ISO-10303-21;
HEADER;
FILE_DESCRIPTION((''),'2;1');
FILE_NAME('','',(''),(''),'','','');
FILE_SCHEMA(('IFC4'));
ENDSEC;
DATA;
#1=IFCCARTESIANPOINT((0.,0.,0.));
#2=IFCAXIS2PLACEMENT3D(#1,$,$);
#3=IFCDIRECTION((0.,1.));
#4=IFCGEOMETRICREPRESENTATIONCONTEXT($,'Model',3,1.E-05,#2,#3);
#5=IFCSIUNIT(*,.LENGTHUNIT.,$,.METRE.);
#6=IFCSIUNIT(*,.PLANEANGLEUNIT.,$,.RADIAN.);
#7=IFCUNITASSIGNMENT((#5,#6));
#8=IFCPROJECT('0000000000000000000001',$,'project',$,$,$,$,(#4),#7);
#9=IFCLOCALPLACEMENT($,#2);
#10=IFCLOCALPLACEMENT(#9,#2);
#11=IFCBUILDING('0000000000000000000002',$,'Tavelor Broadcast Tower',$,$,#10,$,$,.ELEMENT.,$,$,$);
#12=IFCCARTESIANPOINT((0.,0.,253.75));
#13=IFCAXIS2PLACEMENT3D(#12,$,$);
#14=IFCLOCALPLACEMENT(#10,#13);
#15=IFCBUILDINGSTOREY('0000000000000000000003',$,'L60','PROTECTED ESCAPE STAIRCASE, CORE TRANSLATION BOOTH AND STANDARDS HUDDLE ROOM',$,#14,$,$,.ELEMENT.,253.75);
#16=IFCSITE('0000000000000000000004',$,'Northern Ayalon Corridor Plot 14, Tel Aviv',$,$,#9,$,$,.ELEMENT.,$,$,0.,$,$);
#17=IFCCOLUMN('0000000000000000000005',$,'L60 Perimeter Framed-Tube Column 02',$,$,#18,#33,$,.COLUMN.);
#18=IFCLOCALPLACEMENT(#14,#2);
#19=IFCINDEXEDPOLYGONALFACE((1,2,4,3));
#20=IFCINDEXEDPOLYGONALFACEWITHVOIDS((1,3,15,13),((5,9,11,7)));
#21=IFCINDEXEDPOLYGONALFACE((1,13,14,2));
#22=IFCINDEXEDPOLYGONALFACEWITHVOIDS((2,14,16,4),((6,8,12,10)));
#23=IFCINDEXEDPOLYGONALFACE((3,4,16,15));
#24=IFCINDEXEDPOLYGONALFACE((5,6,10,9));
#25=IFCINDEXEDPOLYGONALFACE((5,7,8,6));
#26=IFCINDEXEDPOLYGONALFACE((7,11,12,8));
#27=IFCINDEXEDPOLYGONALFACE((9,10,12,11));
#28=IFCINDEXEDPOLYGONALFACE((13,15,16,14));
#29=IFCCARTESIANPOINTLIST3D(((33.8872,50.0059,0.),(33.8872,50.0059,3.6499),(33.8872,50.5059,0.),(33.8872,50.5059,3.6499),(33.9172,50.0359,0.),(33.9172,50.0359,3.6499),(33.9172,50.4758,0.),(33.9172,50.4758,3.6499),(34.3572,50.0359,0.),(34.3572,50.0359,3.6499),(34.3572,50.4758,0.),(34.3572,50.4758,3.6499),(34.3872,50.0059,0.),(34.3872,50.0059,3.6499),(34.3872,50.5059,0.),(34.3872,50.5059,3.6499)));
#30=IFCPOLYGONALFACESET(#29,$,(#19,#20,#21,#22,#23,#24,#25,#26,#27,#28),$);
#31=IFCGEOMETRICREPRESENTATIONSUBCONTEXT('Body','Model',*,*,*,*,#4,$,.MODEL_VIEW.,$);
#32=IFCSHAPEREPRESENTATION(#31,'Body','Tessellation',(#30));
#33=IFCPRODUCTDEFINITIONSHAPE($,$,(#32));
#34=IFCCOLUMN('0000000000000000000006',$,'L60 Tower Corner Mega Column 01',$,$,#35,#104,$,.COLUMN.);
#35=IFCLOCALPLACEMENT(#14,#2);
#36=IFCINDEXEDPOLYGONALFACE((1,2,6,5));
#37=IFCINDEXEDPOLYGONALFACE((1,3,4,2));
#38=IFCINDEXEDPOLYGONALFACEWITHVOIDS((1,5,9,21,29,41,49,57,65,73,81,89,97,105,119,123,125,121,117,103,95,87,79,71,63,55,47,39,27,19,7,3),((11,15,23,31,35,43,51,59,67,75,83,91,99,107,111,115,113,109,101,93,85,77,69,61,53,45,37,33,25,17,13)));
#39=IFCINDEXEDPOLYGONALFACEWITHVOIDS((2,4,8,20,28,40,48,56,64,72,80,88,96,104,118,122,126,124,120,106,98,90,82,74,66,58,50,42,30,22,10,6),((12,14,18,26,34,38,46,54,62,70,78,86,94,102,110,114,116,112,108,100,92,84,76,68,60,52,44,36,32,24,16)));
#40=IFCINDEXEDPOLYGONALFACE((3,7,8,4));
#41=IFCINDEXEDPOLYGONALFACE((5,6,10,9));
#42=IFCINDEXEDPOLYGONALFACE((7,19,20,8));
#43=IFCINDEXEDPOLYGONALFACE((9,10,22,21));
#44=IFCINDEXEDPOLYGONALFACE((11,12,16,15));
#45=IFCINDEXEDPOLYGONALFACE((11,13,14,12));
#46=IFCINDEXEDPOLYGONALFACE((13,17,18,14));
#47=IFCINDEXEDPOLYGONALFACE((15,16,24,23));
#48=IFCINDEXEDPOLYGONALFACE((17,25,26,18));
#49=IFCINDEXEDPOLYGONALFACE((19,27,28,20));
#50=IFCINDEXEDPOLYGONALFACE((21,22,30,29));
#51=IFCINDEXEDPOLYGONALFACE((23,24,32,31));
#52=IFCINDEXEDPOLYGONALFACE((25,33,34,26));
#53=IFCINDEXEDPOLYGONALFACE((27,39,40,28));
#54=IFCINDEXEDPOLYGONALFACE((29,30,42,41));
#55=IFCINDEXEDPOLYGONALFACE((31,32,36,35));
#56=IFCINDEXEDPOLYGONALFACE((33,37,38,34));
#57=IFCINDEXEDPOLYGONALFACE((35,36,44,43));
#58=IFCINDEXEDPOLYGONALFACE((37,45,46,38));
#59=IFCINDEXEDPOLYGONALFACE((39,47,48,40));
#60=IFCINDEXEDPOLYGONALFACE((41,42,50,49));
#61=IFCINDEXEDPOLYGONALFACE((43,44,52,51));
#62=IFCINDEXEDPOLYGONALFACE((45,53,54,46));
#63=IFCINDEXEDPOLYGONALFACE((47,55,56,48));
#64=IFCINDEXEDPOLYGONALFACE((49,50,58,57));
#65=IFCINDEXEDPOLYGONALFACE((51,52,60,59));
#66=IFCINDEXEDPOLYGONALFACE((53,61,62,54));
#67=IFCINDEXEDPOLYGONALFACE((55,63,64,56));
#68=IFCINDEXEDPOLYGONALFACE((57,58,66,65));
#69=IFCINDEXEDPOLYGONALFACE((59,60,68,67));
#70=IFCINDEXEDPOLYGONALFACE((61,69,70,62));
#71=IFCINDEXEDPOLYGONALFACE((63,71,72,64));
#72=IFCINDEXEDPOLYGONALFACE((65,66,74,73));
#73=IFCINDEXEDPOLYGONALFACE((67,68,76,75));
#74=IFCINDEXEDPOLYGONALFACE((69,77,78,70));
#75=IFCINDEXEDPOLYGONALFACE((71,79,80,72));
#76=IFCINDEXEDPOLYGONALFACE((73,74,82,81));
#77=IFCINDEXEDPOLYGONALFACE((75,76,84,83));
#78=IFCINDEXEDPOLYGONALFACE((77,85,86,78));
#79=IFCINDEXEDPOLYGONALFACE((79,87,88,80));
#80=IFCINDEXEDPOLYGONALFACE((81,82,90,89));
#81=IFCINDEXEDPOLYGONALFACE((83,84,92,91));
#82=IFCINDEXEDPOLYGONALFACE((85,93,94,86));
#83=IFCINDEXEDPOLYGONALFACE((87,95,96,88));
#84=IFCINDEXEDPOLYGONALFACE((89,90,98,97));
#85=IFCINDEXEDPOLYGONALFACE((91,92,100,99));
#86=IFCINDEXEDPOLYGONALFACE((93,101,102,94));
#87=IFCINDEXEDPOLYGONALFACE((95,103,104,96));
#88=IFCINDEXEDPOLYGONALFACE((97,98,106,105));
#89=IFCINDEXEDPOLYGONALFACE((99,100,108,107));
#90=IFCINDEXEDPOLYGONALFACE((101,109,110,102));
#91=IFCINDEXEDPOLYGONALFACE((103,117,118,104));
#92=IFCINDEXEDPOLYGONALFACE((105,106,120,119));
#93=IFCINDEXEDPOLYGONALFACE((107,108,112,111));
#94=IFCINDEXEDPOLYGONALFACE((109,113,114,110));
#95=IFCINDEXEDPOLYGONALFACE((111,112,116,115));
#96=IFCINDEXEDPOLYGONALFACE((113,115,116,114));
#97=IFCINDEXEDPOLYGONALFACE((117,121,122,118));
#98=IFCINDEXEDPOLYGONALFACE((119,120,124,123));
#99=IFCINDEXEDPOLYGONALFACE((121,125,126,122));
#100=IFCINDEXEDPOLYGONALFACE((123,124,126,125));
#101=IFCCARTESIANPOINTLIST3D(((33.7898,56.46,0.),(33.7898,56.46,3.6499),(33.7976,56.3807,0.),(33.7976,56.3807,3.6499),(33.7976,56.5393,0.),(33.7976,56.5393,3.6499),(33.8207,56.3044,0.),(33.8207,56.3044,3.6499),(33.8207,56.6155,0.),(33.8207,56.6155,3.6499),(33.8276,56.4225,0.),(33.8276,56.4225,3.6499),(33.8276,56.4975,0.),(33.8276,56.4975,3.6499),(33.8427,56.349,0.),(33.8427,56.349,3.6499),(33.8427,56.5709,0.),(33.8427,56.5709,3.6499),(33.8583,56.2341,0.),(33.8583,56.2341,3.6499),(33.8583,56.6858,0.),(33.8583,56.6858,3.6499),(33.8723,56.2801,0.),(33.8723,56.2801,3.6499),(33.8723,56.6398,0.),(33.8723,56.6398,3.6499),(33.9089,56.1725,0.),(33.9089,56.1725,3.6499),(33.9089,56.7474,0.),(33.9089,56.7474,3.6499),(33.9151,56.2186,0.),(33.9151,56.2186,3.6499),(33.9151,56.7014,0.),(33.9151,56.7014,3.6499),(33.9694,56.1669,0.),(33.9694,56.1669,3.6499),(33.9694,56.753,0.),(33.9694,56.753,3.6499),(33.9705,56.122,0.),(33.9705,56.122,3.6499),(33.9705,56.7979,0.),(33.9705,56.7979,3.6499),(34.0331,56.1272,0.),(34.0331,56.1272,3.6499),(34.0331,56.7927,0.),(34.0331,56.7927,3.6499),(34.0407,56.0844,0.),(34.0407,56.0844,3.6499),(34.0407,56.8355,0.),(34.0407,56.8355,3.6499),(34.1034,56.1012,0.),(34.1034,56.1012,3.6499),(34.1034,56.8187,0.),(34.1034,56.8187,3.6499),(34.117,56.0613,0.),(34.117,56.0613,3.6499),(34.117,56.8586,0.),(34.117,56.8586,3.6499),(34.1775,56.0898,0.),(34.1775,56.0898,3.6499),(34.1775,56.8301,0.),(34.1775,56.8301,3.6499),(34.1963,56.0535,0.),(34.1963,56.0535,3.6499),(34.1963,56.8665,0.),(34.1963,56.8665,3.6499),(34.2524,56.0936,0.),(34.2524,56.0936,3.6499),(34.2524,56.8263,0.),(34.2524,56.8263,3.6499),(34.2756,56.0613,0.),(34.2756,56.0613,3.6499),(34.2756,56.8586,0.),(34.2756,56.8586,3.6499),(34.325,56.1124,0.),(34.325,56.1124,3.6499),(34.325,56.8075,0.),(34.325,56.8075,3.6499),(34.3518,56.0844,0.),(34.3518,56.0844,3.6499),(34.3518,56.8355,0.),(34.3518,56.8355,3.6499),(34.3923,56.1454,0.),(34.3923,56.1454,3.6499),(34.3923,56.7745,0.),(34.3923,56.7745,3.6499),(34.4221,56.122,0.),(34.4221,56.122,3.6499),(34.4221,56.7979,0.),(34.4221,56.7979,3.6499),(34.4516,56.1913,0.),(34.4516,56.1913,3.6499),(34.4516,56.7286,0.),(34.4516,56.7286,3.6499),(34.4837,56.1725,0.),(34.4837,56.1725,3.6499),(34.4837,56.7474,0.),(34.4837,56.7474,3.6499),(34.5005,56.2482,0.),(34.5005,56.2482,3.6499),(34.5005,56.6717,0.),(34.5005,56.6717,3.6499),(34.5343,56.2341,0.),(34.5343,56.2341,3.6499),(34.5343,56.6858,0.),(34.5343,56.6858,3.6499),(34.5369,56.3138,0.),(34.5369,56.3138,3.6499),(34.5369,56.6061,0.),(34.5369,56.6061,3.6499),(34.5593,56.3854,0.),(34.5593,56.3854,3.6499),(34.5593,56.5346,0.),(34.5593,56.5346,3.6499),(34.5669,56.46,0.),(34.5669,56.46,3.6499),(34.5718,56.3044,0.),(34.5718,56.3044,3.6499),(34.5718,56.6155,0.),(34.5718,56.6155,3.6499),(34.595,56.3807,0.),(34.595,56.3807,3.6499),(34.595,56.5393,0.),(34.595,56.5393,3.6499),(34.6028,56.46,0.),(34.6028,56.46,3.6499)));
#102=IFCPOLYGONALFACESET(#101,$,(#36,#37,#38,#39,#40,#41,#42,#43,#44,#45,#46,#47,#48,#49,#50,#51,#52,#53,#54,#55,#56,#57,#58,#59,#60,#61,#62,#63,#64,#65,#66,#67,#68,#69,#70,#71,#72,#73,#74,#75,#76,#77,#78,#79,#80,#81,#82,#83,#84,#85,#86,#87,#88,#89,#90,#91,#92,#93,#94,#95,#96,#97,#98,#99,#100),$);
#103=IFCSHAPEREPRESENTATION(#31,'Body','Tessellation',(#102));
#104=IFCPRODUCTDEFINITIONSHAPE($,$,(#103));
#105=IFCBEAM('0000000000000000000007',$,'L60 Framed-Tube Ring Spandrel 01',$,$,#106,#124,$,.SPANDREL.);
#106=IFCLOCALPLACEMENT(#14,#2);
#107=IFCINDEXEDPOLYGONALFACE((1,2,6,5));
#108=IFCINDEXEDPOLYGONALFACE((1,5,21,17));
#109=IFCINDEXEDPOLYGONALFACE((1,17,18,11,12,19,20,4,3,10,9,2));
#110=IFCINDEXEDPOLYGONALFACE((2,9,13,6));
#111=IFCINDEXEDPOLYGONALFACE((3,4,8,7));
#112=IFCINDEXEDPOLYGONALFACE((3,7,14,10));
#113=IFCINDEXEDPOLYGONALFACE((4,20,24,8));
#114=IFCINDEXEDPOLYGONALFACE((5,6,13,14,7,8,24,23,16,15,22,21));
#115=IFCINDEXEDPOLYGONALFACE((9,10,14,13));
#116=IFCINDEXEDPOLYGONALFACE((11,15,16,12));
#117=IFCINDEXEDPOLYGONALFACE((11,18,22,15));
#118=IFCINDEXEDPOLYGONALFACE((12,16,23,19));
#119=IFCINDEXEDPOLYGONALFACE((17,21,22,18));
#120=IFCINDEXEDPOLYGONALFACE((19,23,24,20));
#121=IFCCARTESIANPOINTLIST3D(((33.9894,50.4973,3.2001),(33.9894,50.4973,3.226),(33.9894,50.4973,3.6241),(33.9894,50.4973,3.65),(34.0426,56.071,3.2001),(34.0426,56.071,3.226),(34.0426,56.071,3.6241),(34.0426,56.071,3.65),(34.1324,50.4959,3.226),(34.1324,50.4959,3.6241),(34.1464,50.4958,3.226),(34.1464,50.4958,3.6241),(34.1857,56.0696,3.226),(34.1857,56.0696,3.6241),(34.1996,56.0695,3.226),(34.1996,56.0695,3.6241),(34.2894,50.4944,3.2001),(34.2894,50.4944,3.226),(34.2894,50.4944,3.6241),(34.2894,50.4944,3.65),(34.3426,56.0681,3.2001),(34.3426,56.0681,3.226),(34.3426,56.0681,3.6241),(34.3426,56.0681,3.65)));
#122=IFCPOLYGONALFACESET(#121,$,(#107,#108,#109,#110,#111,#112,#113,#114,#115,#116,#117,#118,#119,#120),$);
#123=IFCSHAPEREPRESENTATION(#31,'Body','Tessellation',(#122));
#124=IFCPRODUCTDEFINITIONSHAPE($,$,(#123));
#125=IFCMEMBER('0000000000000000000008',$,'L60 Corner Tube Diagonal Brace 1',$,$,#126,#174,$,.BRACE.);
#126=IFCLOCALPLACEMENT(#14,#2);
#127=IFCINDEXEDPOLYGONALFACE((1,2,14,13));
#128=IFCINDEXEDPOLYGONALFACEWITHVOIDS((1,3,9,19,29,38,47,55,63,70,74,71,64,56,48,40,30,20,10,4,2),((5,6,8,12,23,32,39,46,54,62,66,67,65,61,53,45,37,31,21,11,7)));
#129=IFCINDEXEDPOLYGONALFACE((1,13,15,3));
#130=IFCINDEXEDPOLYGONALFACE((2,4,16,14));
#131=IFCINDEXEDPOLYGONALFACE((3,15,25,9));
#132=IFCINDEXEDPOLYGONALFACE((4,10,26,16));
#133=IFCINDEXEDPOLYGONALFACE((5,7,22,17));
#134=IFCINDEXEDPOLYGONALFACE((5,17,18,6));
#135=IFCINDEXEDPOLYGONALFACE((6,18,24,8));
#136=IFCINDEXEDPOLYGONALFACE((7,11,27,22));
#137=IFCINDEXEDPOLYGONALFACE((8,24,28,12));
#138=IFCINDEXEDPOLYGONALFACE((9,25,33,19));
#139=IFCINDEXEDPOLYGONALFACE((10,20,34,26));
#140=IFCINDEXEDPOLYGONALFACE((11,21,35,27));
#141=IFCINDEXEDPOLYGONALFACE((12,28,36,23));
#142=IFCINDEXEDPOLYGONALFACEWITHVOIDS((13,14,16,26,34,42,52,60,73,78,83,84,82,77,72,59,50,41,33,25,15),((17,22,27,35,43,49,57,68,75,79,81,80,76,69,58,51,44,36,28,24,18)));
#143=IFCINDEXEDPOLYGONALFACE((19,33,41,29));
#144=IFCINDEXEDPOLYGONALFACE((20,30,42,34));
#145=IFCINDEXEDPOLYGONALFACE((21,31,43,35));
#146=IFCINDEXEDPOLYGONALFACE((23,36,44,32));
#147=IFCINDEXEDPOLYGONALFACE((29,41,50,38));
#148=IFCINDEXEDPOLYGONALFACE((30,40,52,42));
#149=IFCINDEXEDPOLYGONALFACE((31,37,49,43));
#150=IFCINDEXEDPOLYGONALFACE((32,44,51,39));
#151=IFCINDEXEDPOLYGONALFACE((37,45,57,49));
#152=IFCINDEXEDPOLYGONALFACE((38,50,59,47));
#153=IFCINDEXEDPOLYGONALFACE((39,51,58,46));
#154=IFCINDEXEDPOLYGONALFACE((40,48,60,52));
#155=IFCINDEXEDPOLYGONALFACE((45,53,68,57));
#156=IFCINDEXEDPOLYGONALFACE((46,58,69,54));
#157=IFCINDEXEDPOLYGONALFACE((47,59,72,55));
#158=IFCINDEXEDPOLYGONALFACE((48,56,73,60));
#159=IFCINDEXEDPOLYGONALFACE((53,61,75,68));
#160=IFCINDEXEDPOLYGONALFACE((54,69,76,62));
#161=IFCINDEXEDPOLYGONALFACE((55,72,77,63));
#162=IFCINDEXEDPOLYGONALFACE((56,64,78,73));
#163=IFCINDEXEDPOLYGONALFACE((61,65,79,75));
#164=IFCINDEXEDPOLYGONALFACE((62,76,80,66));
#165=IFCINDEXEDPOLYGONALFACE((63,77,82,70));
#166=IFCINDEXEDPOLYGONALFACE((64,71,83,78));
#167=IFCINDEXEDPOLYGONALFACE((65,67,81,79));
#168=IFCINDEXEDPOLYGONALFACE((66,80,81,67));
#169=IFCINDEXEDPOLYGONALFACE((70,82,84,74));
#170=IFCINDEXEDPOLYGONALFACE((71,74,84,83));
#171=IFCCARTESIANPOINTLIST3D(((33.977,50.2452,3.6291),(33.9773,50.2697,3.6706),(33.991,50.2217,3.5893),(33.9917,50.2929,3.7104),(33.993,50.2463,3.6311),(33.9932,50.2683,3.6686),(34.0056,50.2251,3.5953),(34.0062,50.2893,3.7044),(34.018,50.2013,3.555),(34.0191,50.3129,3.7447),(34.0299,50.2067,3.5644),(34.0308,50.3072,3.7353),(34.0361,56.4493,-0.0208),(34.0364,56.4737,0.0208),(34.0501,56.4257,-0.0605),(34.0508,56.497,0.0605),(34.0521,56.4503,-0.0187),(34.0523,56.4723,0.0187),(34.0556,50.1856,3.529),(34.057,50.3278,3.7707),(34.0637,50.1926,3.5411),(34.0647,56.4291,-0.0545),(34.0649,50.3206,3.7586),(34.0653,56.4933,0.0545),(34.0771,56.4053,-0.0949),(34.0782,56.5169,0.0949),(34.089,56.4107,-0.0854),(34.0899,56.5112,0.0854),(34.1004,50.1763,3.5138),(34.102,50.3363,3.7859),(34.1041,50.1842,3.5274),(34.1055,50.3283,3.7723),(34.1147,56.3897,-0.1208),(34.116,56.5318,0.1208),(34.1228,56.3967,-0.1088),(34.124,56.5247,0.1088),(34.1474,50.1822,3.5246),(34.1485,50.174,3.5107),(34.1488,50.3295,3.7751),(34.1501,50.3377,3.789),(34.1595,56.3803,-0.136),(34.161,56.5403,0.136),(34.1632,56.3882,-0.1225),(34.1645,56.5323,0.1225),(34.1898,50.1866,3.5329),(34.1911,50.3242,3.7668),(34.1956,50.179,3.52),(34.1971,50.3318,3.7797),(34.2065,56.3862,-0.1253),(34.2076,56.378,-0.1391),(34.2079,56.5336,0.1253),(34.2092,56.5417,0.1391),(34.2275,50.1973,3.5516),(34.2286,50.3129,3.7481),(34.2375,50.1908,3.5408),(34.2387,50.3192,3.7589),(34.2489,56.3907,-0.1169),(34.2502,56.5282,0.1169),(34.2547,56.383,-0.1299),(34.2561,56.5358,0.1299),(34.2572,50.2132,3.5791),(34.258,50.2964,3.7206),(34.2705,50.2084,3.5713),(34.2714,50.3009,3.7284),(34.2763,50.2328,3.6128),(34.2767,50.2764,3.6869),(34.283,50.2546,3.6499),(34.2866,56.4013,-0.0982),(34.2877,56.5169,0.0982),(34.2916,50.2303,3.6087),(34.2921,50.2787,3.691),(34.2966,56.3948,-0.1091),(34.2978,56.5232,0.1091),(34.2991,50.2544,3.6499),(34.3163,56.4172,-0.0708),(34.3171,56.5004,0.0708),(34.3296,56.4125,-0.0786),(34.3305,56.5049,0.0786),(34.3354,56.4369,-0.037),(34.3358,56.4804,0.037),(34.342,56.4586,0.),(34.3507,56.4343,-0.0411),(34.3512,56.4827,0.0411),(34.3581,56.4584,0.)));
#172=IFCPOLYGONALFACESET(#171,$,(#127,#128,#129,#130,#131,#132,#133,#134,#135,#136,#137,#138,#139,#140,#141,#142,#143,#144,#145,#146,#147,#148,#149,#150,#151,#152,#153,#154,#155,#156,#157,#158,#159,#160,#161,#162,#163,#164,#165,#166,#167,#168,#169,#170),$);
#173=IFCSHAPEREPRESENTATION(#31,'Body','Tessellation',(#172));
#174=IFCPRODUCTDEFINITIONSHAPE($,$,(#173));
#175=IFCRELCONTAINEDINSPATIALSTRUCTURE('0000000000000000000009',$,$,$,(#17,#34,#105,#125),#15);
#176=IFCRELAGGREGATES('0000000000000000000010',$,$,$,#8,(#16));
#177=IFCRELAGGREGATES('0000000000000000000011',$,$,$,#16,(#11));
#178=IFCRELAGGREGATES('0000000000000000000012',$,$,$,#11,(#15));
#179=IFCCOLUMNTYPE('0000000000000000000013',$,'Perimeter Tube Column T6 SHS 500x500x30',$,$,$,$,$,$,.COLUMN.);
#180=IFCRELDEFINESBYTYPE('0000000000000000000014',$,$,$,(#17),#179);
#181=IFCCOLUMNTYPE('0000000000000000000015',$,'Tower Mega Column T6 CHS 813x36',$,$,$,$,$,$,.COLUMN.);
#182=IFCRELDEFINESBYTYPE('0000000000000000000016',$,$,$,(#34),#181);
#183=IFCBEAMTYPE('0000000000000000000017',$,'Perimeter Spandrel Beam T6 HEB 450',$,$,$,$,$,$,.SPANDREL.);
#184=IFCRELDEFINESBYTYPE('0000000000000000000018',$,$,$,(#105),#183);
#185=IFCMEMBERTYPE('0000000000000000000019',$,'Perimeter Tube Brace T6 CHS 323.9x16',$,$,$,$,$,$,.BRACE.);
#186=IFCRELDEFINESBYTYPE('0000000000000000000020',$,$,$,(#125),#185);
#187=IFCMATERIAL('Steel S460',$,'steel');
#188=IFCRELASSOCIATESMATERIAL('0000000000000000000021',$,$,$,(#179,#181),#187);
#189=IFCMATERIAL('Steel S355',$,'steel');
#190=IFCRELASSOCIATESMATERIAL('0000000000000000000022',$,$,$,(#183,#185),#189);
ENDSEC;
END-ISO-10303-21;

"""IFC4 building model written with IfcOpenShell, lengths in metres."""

from ifc_helpers import new_model, si_unit, direction, frame, origin, origin_2d, place, context, subcontext, project, spatial, hollow_rectangle, hollow_circle, i_section, extrude, material, material_profile, profile_set, type_object, element, save


model = new_model("IFC4")

# Units and contexts
model_context = context("Model", 3, precision=1e-05, world=origin(), true_north=direction((0.0, 1.0)))
body_context = subcontext(model_context, "Body", "Model", "MODEL_VIEW")
ifc_project = project(units=[si_unit("LENGTHUNIT", "METRE"), si_unit("PLANEANGLEUNIT", "RADIAN")], contexts=[model_context])

# Site, building, storey
site_placement = place(None, origin())
site = spatial("IfcSite", under=ifc_project, at=site_placement, Name="Northern Ayalon Corridor Plot 14, Tel Aviv", CompositionType="ELEMENT", RefElevation=0.0)
building_placement = place(site_placement, origin())
building = spatial("IfcBuilding", under=site, at=building_placement, Name="Tavelor Broadcast Tower", CompositionType="ELEMENT")
storey_placement = place(building_placement, frame((0.0, 0.0, 253.75)))
storey = spatial("IfcBuildingStorey", under=building, at=storey_placement, Name="L60", Description="PROTECTED ESCAPE STAIRCASE, CORE TRANSLATION BOOTH AND STANDARDS HUDDLE ROOM", CompositionType="ELEMENT", Elevation=253.75)

# Columns
ifc_material_1 = material(Name="Steel S460", Category="steel")
ifc_material_profile_1 = material_profile(ifc_material_1, hollow_rectangle(XDim=0.5, YDim=0.5, WallThickness=0.03, at=origin_2d()), Name="SHS 500x500x30")
ifc_profile_set_1 = profile_set([ifc_material_profile_1], Name="Steel S460")
column_type_1 = type_object("IfcColumnType", Name="Perimeter Tube Column T6 SHS 500x500x30", PredefinedType="COLUMN", material=ifc_profile_set_1)
column_1_placement = place(storey_placement, frame((34.1372, 50.2559, 0.0), z_axis=(0.0, 0.0, 1.0), x_axis=(1.0, 0.0, 0.0)))
element("IfcColumn", 1, at=column_1_placement, inside=storey, type_object=column_type_1, Name="L60 Perimeter Framed-Tube Column 02", PredefinedType="COLUMN", context=body_context, shape_type="SweptSolid", body=[
    extrude(hollow_rectangle(XDim=0.5, YDim=0.5, WallThickness=0.03, at=origin_2d()), origin(), (0.0, 0.0, 1.0), 3.6499),
])
ifc_material_profile_2 = material_profile(ifc_material_1, hollow_circle(Radius=0.4065, WallThickness=0.0359, at=origin_2d()), Name="CHS 813x36")
ifc_profile_set_2 = profile_set([ifc_material_profile_2], Name="Steel S460")
column_type_2 = type_object("IfcColumnType", Name="Tower Mega Column T6 CHS 813x36", PredefinedType="COLUMN", material=ifc_profile_set_2)
column_2_placement = place(storey_placement, frame((34.1963, 56.46, 0.0), z_axis=(0.0, 0.0, 1.0), x_axis=(1.0, 0.0, 0.0)))
element("IfcColumn", 2, at=column_2_placement, inside=storey, type_object=column_type_2, Name="L60 Tower Corner Mega Column 01", PredefinedType="COLUMN", context=body_context, shape_type="SweptSolid", body=[
    extrude(hollow_circle(Radius=0.4065, WallThickness=0.0359, at=origin_2d()), origin(), (0.0, 0.0, 1.0), 3.6499),
])

# Beam
ifc_material_2 = material(Name="Steel S355", Category="steel")
ifc_material_profile_3 = material_profile(ifc_material_2, i_section(OverallWidth=0.3, OverallDepth=0.45, WebThickness=0.0139, FlangeThickness=0.0259, at=origin_2d()), Name="HEB 450")
ifc_profile_set_3 = profile_set([ifc_material_profile_3], Name="Steel S355")
beam_type = type_object("IfcBeamType", Name="Perimeter Spandrel Beam T6 HEB 450", PredefinedType="SPANDREL", material=ifc_profile_set_3)
beam_placement = place(storey_placement, frame((34.1926, 56.0696, 3.425), z_axis=(-0.009548, -0.999954, 0.0), x_axis=(0.999954, -0.009548, 0.0)))
element("IfcBeam", 3, at=beam_placement, inside=storey, type_object=beam_type, Name="L60 Framed-Tube Ring Spandrel 01", PredefinedType="SPANDREL", context=body_context, shape_type="SweptSolid", body=[
    extrude(i_section(OverallWidth=0.3, OverallDepth=0.45, WebThickness=0.0139, FlangeThickness=0.0259, at=origin_2d()), origin(), (0.0, 0.0, 1.0), 5.574),
])

# Member
ifc_material_profile_4 = material_profile(ifc_material_2, hollow_circle(Radius=0.1619, WallThickness=0.0161, at=origin_2d()), Name="CHS 323.9x16")
ifc_profile_set_4 = profile_set([ifc_material_profile_4], Name="Steel S355")
member_type_1 = type_object("IfcMemberType", Name="Perimeter Tube Brace T6 CHS 323.9x16", PredefinedType="BRACE", material=ifc_profile_set_4)
member_1_placement = place(storey_placement, frame((34.1963, 56.46, 0.0), z_axis=(-0.008208, -0.861879, 0.507048), x_axis=(0.999955, -0.009523, 0.0)))
element("IfcMember", 4, at=member_1_placement, inside=storey, type_object=member_type_1, Name="L60 Corner Tube Diagonal Brace 1", PredefinedType="BRACE", context=body_context, shape_type="SweptSolid", body=[
    extrude(hollow_circle(Radius=0.1619, WallThickness=0.0161, at=origin_2d()), origin(), (0.0, 0.0, 1.0), 7.1982),
])

save(model, "model.ifc")
